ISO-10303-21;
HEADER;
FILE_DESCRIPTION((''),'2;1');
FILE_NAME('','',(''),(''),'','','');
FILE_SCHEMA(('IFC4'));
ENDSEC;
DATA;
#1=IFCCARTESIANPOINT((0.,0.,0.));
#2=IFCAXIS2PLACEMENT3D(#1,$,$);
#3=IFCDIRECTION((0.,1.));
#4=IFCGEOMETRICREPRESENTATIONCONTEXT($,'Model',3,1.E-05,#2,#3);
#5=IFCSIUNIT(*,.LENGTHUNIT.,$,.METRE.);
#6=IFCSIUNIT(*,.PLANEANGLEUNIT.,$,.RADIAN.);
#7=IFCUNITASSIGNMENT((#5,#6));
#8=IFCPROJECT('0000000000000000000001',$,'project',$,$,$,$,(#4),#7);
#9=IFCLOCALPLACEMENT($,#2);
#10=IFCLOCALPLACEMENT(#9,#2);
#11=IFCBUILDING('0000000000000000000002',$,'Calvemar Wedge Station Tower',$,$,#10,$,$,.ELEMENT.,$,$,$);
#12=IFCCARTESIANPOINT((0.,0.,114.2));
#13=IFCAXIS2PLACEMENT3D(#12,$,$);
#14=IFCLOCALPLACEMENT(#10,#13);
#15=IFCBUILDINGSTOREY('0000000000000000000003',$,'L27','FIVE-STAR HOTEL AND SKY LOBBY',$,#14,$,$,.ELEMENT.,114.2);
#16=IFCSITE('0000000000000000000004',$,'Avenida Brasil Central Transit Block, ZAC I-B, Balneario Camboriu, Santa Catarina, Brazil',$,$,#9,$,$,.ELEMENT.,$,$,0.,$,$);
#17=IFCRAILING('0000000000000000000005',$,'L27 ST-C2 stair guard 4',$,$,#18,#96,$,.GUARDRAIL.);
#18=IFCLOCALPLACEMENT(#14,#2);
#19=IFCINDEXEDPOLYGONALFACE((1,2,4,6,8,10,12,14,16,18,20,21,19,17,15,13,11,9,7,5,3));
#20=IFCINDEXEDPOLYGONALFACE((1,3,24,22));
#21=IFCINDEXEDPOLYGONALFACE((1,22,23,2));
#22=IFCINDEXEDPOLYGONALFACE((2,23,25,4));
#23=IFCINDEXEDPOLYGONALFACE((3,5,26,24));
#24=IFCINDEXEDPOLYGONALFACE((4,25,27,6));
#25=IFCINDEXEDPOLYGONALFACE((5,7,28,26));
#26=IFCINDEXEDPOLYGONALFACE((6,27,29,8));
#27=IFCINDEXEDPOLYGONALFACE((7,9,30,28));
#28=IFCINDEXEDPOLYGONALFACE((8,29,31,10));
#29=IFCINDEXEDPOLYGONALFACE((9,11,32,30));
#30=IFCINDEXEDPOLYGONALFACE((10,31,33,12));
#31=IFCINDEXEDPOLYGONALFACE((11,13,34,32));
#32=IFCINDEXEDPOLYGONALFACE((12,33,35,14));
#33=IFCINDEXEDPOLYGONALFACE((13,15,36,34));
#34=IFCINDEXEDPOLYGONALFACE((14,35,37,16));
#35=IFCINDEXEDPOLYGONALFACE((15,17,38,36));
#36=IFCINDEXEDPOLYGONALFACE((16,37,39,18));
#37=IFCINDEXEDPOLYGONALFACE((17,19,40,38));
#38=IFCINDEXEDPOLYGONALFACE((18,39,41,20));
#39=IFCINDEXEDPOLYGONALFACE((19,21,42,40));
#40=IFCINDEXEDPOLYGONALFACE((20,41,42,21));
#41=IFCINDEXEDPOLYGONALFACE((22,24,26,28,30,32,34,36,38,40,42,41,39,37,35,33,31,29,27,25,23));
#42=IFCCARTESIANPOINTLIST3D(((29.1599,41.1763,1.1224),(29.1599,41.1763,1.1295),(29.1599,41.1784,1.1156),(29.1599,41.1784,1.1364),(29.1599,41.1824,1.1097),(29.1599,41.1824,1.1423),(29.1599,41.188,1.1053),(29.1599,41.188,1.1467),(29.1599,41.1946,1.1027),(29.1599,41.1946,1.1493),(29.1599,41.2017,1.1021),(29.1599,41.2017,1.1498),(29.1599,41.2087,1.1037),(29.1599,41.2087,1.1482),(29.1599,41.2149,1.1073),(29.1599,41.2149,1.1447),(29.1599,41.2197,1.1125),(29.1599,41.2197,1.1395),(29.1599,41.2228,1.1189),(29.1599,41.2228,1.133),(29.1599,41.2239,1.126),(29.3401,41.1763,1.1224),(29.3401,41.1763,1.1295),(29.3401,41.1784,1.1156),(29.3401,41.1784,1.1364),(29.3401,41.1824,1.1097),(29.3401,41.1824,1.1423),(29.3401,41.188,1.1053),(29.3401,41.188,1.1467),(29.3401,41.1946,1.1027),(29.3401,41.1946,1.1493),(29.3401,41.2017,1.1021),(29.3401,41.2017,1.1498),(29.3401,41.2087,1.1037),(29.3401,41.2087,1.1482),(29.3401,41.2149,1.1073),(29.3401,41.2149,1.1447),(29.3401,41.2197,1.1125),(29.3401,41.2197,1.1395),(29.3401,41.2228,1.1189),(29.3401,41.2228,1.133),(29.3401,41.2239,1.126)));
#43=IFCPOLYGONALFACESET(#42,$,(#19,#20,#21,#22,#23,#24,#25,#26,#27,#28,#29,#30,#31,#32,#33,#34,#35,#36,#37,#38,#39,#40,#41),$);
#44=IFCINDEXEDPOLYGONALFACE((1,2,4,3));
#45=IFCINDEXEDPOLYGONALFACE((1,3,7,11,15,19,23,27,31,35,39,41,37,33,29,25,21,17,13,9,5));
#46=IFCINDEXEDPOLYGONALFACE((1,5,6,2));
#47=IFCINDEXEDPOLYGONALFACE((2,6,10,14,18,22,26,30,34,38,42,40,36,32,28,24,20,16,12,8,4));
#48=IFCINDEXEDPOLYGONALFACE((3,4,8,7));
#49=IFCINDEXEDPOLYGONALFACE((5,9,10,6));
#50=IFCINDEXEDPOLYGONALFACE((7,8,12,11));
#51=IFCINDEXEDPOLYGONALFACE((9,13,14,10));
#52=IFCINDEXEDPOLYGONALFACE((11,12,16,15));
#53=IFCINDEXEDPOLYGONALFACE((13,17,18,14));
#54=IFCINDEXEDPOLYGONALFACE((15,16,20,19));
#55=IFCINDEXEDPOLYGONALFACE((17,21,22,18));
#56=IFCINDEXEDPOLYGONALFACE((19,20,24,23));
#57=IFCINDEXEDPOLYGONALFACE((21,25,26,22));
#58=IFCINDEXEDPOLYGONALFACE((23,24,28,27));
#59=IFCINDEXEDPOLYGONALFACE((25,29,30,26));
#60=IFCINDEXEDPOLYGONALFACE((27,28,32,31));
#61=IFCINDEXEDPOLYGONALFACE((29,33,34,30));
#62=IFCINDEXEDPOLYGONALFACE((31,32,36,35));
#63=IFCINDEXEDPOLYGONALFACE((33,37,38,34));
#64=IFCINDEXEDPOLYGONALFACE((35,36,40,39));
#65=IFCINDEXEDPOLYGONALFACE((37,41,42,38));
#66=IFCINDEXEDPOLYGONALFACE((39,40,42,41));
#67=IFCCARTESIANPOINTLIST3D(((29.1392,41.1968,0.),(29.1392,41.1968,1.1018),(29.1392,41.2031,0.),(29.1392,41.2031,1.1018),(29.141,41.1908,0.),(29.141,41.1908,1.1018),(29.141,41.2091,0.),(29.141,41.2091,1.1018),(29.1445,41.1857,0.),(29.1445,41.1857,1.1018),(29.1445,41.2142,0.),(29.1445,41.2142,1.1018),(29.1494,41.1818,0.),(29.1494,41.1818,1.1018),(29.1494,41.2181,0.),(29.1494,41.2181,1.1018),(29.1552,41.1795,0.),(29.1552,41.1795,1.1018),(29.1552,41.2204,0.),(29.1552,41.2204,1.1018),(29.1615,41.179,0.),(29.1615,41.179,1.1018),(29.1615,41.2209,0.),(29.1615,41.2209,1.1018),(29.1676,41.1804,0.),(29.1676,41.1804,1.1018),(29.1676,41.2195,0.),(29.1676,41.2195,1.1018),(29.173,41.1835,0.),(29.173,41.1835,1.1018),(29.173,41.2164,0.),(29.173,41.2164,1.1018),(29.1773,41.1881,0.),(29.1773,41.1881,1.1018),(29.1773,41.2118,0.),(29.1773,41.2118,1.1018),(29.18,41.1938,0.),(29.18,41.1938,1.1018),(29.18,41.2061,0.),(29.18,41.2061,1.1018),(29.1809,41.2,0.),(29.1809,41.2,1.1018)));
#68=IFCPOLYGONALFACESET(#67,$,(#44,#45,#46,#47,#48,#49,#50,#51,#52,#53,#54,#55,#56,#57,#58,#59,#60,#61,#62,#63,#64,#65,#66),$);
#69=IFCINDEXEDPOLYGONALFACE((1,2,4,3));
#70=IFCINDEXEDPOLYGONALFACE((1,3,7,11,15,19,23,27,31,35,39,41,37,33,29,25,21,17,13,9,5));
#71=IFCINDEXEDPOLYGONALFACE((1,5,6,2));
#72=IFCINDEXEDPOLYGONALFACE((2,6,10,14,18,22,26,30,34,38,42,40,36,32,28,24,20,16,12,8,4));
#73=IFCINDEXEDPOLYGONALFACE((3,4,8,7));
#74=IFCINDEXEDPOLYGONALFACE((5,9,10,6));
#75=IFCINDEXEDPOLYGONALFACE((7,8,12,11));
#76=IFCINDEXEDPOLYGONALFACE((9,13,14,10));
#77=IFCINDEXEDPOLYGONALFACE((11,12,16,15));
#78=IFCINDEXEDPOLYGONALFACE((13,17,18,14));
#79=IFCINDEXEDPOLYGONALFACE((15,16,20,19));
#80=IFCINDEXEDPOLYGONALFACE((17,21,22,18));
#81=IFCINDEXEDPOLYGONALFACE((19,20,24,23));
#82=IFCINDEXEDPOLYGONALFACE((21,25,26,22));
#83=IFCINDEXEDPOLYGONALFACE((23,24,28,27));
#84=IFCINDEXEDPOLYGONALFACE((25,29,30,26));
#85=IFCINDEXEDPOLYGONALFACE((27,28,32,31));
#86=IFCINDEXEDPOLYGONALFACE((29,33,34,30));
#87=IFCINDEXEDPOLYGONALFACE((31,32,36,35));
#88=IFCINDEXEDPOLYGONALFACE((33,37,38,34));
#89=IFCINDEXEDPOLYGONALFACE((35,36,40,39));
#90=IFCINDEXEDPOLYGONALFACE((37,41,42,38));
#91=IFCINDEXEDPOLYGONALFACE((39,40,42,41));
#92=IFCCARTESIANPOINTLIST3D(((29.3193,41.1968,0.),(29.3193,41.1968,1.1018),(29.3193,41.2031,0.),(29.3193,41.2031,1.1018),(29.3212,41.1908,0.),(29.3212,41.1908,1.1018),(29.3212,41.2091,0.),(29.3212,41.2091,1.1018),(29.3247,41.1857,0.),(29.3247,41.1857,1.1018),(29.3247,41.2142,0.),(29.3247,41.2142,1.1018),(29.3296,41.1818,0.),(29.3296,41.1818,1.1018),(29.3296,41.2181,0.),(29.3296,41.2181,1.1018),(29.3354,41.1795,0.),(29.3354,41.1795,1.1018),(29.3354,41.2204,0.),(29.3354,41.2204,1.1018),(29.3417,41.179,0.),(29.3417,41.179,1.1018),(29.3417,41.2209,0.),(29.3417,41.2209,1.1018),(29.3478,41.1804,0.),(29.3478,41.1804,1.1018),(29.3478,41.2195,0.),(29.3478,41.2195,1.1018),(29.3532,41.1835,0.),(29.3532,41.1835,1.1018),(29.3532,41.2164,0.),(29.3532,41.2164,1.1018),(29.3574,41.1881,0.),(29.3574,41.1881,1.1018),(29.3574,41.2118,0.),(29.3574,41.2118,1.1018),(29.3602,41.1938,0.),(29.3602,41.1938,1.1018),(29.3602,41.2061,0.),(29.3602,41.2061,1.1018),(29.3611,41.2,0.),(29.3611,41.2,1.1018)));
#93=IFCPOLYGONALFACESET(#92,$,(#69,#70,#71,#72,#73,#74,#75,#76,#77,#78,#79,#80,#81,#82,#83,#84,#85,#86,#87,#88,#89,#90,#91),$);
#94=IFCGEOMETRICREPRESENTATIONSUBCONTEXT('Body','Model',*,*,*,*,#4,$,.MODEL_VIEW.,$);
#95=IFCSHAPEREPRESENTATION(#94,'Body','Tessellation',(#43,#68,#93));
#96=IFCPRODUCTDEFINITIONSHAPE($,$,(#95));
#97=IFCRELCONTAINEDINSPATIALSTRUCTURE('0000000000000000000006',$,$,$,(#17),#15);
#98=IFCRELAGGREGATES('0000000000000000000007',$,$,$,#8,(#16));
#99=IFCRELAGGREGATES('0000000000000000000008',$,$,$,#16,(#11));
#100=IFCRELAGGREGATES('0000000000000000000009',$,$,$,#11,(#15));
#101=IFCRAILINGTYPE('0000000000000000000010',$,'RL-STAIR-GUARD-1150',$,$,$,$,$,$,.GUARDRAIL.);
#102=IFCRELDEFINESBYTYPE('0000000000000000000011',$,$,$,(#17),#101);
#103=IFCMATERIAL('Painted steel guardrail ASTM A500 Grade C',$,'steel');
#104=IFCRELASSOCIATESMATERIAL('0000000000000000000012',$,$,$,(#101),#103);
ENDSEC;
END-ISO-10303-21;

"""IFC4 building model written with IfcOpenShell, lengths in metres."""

from ifc_helpers import new_model, si_unit, direction, frame, origin, origin_2d, place, context, subcontext, project, spatial, circle, extrude, material, type_object, element, save


model = new_model("IFC4")

# Units and contexts
model_context = context("Model", 3, precision=1e-05, world=origin(), true_north=direction((0.0, 1.0)))
body_context = subcontext(model_context, "Body", "Model", "MODEL_VIEW")
ifc_project = project(units=[si_unit("LENGTHUNIT", "METRE"), si_unit("PLANEANGLEUNIT", "RADIAN")], contexts=[model_context])

# Site, building, storey
site_placement = place(None, origin())
site = spatial("IfcSite", under=ifc_project, at=site_placement, Name="Avenida Brasil Central Transit Block, ZAC I-B, Balneario Camboriu, Santa Catarina, Brazil", CompositionType="ELEMENT", RefElevation=0.0)
building_placement = place(site_placement, origin())
building = spatial("IfcBuilding", under=site, at=building_placement, Name="Calvemar Wedge Station Tower", CompositionType="ELEMENT")
storey_placement = place(building_placement, frame((0.0, 0.0, 114.2)))
storey = spatial("IfcBuildingStorey", under=building, at=storey_placement, Name="L27", Description="FIVE-STAR HOTEL AND SKY LOBBY", CompositionType="ELEMENT", Elevation=114.2)

# Railing
ifc_material_1 = material(Name="Painted steel guardrail ASTM A500 Grade C", Category="steel")
railing_type_1 = type_object("IfcRailingType", Name="RL-STAIR-GUARD-1150", PredefinedType="GUARDRAIL", material=ifc_material_1)
railing_1_placement = place(storey_placement, frame((29.1599, 41.2, 0.0)))
element("IfcRailing", 1, at=railing_1_placement, inside=storey, type_object=railing_type_1, Name="L27 ST-C2 stair guard 4", PredefinedType="GUARDRAIL", context=body_context, shape_type="SweptSolid", body=[
    extrude(circle(Radius=0.0239, at=origin_2d()), frame((0.0, 0.0, 1.126), z_axis=(1.0, 0.0, 0.0), x_axis=(0.0, 1.0, 0.0)), (0.0, 0.0, 1.0), 0.1802),
    extrude(circle(Radius=0.021, at=origin_2d()), origin(), (0.0, 0.0, 1.0), 1.1018),
    extrude(circle(Radius=0.021, at=origin_2d()), frame((0.1802, 0.0, 0.0)), (0.0, 0.0, 1.0), 1.1018),
])

save(model, "model.ifc")
